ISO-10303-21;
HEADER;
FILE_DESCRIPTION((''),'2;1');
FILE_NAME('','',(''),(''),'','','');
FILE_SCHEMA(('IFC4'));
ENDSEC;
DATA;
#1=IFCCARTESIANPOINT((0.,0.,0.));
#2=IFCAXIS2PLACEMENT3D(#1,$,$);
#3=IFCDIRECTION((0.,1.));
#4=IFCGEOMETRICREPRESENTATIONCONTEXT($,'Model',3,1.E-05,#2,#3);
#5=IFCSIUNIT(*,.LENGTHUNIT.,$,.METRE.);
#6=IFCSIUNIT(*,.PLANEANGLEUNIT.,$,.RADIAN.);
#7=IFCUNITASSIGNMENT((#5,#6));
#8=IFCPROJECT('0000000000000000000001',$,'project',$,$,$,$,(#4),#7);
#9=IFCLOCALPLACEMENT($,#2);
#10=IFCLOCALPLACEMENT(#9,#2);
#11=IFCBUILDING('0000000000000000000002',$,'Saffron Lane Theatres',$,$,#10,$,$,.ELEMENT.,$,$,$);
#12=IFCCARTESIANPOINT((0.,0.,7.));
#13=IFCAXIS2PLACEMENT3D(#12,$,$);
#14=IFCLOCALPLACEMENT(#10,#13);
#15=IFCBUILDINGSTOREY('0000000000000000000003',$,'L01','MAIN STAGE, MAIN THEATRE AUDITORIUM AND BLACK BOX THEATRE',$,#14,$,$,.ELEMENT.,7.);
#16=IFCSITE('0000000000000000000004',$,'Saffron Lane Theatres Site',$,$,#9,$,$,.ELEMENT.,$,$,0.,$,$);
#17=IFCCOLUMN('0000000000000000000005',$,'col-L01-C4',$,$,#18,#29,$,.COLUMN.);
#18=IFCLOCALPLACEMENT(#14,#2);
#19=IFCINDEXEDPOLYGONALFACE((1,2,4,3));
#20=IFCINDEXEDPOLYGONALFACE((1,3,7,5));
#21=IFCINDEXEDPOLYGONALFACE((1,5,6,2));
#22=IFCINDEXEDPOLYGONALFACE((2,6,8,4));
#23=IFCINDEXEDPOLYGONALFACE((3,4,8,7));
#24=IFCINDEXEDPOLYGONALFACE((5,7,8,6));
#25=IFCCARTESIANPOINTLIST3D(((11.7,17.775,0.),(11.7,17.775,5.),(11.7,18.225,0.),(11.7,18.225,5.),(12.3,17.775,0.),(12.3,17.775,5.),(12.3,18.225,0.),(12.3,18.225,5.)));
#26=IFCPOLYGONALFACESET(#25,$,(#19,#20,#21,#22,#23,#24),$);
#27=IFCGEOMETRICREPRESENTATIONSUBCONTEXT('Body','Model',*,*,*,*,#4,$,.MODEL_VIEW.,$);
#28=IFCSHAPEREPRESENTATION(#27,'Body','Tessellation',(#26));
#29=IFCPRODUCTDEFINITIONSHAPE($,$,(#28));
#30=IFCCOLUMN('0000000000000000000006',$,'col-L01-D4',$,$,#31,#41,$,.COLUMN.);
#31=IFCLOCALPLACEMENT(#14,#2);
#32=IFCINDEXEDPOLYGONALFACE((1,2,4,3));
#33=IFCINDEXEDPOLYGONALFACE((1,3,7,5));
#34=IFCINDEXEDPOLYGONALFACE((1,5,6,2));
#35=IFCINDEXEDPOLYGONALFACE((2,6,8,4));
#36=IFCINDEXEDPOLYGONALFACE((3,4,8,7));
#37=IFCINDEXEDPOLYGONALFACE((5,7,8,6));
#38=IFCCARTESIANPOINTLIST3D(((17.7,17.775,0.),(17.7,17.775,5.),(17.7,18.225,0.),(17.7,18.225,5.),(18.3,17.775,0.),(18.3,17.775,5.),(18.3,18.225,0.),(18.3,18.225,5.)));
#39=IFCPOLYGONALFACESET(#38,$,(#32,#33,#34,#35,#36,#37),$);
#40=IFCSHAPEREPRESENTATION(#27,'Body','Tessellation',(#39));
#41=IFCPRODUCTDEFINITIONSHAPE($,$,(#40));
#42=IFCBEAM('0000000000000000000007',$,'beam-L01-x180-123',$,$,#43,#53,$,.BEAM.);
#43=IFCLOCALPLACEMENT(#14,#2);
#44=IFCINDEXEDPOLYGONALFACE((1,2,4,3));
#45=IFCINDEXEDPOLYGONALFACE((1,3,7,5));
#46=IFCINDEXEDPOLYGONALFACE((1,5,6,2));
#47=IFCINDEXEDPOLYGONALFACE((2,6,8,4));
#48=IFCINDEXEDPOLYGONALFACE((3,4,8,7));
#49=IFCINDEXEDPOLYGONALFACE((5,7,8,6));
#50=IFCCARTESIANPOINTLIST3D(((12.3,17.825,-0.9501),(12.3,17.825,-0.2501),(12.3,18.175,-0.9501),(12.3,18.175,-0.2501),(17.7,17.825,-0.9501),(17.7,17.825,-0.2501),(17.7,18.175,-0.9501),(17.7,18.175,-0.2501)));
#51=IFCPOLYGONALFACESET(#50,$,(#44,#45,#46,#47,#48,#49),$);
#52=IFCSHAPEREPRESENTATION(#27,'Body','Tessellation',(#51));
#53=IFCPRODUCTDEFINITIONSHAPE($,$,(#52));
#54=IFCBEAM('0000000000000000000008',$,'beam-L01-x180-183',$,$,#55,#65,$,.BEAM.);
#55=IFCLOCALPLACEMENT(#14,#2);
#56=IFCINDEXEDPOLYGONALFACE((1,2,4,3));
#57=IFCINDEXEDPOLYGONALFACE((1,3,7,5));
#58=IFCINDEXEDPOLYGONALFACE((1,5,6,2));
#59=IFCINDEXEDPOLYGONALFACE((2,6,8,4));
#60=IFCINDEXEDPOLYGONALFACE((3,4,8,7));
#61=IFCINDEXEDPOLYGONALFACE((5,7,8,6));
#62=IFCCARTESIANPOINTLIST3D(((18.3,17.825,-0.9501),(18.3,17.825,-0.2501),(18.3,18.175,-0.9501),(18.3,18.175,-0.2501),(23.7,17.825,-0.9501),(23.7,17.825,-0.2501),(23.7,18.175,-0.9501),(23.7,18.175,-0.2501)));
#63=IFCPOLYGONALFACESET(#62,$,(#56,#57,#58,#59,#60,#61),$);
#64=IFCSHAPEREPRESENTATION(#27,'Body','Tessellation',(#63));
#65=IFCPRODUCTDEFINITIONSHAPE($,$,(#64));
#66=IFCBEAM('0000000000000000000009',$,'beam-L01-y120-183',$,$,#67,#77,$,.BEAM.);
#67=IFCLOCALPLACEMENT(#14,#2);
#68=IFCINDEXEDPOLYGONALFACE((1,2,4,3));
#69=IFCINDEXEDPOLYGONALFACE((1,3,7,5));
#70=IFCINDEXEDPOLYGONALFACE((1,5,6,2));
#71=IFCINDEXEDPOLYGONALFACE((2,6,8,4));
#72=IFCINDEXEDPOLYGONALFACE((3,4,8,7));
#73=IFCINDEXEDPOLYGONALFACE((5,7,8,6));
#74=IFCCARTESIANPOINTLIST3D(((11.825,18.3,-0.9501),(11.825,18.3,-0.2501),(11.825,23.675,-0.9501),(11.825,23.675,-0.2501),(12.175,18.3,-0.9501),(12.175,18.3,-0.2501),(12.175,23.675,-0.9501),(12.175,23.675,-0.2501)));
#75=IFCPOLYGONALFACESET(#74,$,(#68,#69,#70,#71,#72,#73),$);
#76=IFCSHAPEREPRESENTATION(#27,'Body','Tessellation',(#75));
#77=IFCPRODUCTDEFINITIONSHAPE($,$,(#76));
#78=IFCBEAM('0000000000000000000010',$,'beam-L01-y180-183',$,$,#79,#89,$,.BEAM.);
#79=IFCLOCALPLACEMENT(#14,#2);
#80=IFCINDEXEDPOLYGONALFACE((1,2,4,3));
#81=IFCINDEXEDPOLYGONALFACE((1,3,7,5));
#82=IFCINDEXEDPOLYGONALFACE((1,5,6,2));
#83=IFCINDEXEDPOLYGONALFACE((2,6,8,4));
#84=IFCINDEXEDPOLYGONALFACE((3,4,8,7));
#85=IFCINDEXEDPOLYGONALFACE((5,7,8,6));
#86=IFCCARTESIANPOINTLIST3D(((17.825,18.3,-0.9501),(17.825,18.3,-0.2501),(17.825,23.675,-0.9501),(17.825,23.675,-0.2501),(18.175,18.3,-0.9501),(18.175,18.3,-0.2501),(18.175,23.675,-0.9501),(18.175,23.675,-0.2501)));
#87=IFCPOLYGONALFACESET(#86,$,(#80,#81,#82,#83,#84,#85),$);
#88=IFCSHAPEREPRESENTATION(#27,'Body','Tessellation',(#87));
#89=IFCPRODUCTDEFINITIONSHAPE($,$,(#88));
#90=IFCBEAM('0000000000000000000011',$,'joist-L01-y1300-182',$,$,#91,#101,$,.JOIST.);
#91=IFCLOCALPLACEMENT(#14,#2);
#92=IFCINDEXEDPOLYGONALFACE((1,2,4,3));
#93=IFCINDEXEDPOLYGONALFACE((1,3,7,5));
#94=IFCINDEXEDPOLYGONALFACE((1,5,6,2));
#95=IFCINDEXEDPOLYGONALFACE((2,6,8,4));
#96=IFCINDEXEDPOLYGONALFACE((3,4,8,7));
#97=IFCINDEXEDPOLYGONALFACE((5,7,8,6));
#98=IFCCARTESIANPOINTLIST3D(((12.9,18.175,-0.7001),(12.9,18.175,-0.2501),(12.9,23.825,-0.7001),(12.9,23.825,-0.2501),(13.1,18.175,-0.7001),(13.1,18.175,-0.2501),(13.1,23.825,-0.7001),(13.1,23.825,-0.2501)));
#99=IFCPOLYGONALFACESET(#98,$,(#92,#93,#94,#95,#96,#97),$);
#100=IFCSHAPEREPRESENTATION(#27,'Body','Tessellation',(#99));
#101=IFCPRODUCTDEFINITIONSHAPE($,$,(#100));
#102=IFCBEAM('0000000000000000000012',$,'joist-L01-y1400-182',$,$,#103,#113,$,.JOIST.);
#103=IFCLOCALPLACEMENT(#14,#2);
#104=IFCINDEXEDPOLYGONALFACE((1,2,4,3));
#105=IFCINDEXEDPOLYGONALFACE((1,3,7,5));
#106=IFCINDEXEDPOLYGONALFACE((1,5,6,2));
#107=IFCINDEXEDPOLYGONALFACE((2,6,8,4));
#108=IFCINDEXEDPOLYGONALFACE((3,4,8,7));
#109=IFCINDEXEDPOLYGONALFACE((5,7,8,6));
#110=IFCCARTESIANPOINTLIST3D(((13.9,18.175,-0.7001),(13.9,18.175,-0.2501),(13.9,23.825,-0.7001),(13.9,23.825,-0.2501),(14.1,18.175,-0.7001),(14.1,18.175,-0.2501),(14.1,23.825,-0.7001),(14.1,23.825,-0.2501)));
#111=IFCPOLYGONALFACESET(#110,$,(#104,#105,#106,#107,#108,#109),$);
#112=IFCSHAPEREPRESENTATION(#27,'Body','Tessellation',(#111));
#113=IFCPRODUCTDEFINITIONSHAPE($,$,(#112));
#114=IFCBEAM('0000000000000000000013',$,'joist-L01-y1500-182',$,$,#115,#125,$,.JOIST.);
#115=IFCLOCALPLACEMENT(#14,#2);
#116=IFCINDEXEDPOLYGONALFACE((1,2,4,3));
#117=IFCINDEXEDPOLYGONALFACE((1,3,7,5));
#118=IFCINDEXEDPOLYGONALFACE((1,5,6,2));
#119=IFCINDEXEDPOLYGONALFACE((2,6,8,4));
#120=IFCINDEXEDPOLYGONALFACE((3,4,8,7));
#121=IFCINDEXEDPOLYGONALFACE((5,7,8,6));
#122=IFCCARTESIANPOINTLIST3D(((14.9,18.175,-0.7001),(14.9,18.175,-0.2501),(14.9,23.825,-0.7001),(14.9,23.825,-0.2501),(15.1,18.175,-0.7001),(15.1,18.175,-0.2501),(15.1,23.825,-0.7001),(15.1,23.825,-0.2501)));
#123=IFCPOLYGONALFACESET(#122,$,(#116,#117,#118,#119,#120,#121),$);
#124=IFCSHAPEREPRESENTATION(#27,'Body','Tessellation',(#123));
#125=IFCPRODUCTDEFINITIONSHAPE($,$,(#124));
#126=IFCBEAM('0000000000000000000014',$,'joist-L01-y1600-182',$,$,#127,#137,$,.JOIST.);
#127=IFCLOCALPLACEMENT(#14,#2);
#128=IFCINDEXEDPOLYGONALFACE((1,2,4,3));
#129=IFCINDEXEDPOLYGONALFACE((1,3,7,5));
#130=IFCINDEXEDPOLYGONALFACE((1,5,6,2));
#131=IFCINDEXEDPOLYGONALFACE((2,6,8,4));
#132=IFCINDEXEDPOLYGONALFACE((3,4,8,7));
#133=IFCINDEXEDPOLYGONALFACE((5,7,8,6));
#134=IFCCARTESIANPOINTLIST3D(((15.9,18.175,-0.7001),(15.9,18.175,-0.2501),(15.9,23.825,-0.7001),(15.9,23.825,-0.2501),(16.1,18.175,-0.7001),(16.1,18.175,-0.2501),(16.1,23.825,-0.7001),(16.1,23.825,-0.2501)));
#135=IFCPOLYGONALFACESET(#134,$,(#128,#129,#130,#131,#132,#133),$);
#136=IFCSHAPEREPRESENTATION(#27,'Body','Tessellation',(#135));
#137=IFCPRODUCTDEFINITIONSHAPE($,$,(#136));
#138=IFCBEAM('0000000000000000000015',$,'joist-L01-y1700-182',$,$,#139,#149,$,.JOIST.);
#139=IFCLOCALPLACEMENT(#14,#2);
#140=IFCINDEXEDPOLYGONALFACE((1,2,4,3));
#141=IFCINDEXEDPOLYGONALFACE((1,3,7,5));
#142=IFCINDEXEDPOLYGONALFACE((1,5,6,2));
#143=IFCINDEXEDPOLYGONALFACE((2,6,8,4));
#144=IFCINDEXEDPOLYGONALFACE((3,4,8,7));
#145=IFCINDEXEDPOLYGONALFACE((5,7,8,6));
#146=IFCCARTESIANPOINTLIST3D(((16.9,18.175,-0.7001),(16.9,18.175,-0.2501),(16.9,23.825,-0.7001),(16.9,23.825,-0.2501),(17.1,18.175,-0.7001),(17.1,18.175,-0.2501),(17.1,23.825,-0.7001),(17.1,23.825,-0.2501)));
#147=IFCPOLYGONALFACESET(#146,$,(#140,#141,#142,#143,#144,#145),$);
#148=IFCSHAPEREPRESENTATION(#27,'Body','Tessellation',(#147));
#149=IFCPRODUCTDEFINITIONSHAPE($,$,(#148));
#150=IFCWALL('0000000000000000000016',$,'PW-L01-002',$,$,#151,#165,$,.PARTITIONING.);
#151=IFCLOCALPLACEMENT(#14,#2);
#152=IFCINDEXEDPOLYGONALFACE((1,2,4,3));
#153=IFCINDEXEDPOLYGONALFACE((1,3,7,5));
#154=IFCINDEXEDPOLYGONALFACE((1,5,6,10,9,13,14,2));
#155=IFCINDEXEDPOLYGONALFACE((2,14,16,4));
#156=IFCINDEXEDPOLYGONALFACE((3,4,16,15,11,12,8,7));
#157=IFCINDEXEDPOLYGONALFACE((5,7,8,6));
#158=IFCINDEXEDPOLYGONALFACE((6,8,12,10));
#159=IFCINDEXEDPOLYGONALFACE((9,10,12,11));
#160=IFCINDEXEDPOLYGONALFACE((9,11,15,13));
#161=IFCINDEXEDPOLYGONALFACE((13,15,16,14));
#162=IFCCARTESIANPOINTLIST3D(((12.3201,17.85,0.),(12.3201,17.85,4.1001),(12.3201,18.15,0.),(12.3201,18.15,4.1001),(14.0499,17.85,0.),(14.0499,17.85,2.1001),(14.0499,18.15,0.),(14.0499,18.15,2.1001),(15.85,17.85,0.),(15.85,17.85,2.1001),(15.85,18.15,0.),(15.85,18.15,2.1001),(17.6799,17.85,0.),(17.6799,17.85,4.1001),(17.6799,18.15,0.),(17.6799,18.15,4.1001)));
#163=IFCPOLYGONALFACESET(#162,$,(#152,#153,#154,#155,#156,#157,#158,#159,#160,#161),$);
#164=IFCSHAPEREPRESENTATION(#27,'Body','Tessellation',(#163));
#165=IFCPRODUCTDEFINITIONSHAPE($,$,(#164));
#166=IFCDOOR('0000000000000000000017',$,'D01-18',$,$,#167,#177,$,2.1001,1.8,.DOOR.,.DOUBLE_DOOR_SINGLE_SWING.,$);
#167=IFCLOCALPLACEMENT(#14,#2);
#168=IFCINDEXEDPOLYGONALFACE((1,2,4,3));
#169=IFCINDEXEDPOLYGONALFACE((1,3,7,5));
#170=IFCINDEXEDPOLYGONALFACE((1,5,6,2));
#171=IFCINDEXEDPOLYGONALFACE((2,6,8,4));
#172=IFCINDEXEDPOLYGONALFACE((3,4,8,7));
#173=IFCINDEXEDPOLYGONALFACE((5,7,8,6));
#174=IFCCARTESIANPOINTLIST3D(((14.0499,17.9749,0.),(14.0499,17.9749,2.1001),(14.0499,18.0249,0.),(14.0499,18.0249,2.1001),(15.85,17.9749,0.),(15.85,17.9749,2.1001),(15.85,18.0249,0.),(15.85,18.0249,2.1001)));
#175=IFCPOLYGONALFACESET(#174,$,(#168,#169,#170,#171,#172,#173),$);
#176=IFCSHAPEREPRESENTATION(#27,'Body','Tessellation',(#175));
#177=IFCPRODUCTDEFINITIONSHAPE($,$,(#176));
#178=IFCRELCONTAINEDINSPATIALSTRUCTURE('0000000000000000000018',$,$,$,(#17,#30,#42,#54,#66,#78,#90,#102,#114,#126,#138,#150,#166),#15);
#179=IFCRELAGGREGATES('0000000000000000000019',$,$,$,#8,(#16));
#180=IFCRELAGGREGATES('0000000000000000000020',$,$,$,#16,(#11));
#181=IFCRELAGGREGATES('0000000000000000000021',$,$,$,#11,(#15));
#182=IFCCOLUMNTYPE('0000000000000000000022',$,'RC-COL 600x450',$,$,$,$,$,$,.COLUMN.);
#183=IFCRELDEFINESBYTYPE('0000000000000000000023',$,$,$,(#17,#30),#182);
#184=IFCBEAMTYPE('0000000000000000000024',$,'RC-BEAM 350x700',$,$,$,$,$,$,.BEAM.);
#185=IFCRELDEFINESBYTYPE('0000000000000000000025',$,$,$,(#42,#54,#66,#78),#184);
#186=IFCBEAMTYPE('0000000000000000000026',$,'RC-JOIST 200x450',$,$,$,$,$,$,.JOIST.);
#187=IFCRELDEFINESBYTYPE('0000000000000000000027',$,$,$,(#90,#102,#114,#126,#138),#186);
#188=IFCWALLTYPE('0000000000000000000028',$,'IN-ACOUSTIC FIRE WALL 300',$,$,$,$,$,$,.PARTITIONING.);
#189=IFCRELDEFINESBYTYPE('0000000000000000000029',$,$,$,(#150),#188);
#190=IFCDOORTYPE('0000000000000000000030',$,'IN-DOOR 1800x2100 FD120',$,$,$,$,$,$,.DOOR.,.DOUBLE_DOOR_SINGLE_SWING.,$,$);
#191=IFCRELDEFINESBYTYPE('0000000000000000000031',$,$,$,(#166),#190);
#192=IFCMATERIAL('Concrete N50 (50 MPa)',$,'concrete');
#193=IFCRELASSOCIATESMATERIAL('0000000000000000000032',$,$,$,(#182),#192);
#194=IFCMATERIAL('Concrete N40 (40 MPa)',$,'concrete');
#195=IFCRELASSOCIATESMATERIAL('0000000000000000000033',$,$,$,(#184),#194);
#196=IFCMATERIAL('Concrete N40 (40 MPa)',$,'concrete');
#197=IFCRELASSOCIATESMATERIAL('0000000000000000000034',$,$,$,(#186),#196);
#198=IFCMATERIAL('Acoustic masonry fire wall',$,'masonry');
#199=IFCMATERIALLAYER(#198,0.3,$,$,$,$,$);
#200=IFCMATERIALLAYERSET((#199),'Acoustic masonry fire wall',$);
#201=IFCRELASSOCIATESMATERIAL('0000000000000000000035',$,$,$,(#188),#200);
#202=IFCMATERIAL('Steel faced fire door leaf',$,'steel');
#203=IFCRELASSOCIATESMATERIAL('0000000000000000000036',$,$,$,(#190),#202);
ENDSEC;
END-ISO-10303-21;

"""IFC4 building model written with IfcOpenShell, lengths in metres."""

from ifc_helpers import new_model, si_unit, direction, frame, frame_2d, origin, origin_2d, place, context, subcontext, project, spatial, rectangle, extrude, material, layer, layer_set, material_profile, profile_set, type_object, element, fill, save


model = new_model("IFC4")

# Units and contexts
model_context = context("Model", 3, precision=1e-05, world=origin(), true_north=direction((0.0, 1.0)))
body_context = subcontext(model_context, "Body", "Model", "MODEL_VIEW")
ifc_project = project(units=[si_unit("LENGTHUNIT", "METRE"), si_unit("PLANEANGLEUNIT", "RADIAN")], contexts=[model_context])

# Site, building, storey
site_placement = place(None, origin())
site = spatial("IfcSite", under=ifc_project, at=site_placement, Name="Saffron Lane Theatres Site", CompositionType="ELEMENT", RefElevation=0.0)
building_placement = place(site_placement, origin())
building = spatial("IfcBuilding", under=site, at=building_placement, Name="Saffron Lane Theatres", CompositionType="ELEMENT")
storey_placement = place(building_placement, frame((0.0, 0.0, 7.0)))
storey = spatial("IfcBuildingStorey", under=building, at=storey_placement, Name="L01", Description="MAIN STAGE, MAIN THEATRE AUDITORIUM AND BLACK BOX THEATRE", CompositionType="ELEMENT", Elevation=7.0)

# Columns
ifc_material_1 = material(Name="Concrete N50 (50 MPa)", Category="concrete")
ifc_material_profile_1 = material_profile(ifc_material_1, rectangle(XDim=0.6001, YDim=0.45, at=origin_2d()))
ifc_profile_set_1 = profile_set([ifc_material_profile_1], Name="Concrete N50 (50 MPa)")
column_type = type_object("IfcColumnType", Name="RC-COL 600x450", PredefinedType="COLUMN", material=ifc_profile_set_1)
for number, where, z_axis, x_axis, name in (
    (1, (12.0, 18.0, 0.0), (0.0, 0.0, 1.0), (1.0, 0.0, 0.0), "col-L01-C4"),
    (2, (18.0, 18.0, 0.0), (0.0, 0.0, 1.0), (1.0, 0.0, 0.0), "col-L01-D4"),
):
    element("IfcColumn", number, at=place(storey_placement, frame(where, z_axis=z_axis, x_axis=x_axis)), inside=storey, type_object=column_type, Name=name, PredefinedType="COLUMN", context=body_context, shape_type="SweptSolid", body=[
        extrude(rectangle(XDim=0.6001, YDim=0.45, at=origin_2d()), origin(), (0.0, 0.0, 1.0), 5.0),
    ])

# Beams
ifc_material_2 = material(Name="Concrete N40 (40 MPa)", Category="concrete")
ifc_material_profile_2 = material_profile(ifc_material_2, rectangle(XDim=0.3501, YDim=0.7, at=origin_2d()))
ifc_profile_set_2 = profile_set([ifc_material_profile_2], Name="Concrete N40 (40 MPa)")
beam_type_1 = type_object("IfcBeamType", Name="RC-BEAM 350x700", PredefinedType="BEAM", material=ifc_profile_set_2)
for number, where, z_axis, x_axis, name in (
    (3, (12.3, 18.0, -0.6001), (1.0, 0.0, 0.0), (0.0, 1.0, 0.0), "beam-L01-x180-123"),
    (4, (18.3, 18.0, -0.6001), (1.0, 0.0, 0.0), (0.0, 1.0, 0.0), "beam-L01-x180-183"),
):
    element("IfcBeam", number, at=place(storey_placement, frame(where, z_axis=z_axis, x_axis=x_axis)), inside=storey, type_object=beam_type_1, Name=name, PredefinedType="BEAM", context=body_context, shape_type="SweptSolid", body=[
        extrude(rectangle(XDim=0.3501, YDim=0.7, at=origin_2d()), origin(), (0.0, 0.0, 1.0), 5.3999),
    ])
for number, where, z_axis, x_axis, name in (
    (5, (12.0, 18.3, -0.6001), (0.0, 1.0, 0.0), (-1.0, 0.0, 0.0), "beam-L01-y120-183"),
    (6, (18.0, 18.3, -0.6001), (0.0, 1.0, 0.0), (-1.0, 0.0, 0.0), "beam-L01-y180-183"),
):
    element("IfcBeam", number, at=place(storey_placement, frame(where, z_axis=z_axis, x_axis=x_axis)), inside=storey, type_object=beam_type_1, Name=name, PredefinedType="BEAM", context=body_context, shape_type="SweptSolid", body=[
        extrude(rectangle(XDim=0.3501, YDim=0.7, at=origin_2d()), origin(), (0.0, 0.0, 1.0), 5.375),
    ])
ifc_material_3 = material(Name="Concrete N40 (40 MPa)", Category="concrete")
ifc_material_profile_3 = material_profile(ifc_material_3, rectangle(XDim=0.2, YDim=0.45, at=origin_2d()))
ifc_profile_set_3 = profile_set([ifc_material_profile_3], Name="Concrete N40 (40 MPa)")
beam_type_2 = type_object("IfcBeamType", Name="RC-JOIST 200x450", PredefinedType="JOIST", material=ifc_profile_set_3)
for number, where, z_axis, x_axis, name in (
    (7, (13.0, 18.175, -0.4751), (0.0, 1.0, 0.0), (-1.0, 0.0, 0.0), "joist-L01-y1300-182"),
    (8, (14.0, 18.175, -0.4751), (0.0, 1.0, 0.0), (-1.0, 0.0, 0.0), "joist-L01-y1400-182"),
    (9, (15.0, 18.175, -0.4751), (0.0, 1.0, 0.0), (-1.0, 0.0, 0.0), "joist-L01-y1500-182"),
    (10, (16.0, 18.175, -0.4751), (0.0, 1.0, 0.0), (-1.0, 0.0, 0.0), "joist-L01-y1600-182"),
    (11, (17.0, 18.175, -0.4751), (0.0, 1.0, 0.0), (-1.0, 0.0, 0.0), "joist-L01-y1700-182"),
):
    element("IfcBeam", number, at=place(storey_placement, frame(where, z_axis=z_axis, x_axis=x_axis)), inside=storey, type_object=beam_type_2, Name=name, PredefinedType="JOIST", context=body_context, shape_type="SweptSolid", body=[
        extrude(rectangle(XDim=0.2, YDim=0.45, at=origin_2d()), origin(), (0.0, 0.0, 1.0), 5.6499),
    ])

# Wall, opening, door
ifc_material_4 = material(Name="Acoustic masonry fire wall", Category="masonry")
ifc_layer_1 = layer(ifc_material_4, 0.3)
ifc_layer_set_1 = layer_set([ifc_layer_1], Name="Acoustic masonry fire wall")
wall_type_1 = type_object("IfcWallType", Name="IN-ACOUSTIC FIRE WALL 300", PredefinedType="PARTITIONING", material=ifc_layer_set_1)
wall_1_placement = place(storey_placement, frame((12.3201, 18.0, 0.0), z_axis=(0.0, 0.0, 1.0), x_axis=(1.0, 0.0, 0.0)))
wall_1 = element("IfcWall", 12, at=wall_1_placement, inside=storey, type_object=wall_type_1, Name="PW-L01-002", PredefinedType="PARTITIONING", context=body_context, shape_type="SweptSolid", body=[
    extrude(rectangle(XDim=5.3599, YDim=0.3, at=frame_2d((2.6799, 0.0))), origin(), (0.0, 0.0, 1.0), 4.1001),
])
opening_1_placement = place(wall_1_placement, frame((1.73, 0.0, 0.0)))
opening_1 = element("IfcOpeningElement", 13, at=opening_1_placement, cuts=wall_1, PredefinedType="OPENING", context=body_context, shape_type="SweptSolid", body=[
    extrude(rectangle(XDim=1.8, YDim=2.1001, at=frame_2d((0.8999, 1.05))), frame((0.0, 0.1602, 0.0), z_axis=(0.0, -1.0, 0.0), x_axis=(1.0, 0.0, 0.0)), (0.0, 0.0, 1.0), 0.3201),
])
ifc_material_5 = material(Name="Steel faced fire door leaf", Category="steel")
door_type = type_object("IfcDoorType", Name="IN-DOOR 1800x2100 FD120", OperationType="DOUBLE_DOOR_SINGLE_SWING", PredefinedType="DOOR", material=ifc_material_5)
door_1_placement = place(opening_1_placement, origin())
door_1 = element("IfcDoor", 14, at=door_1_placement, inside=storey, type_object=door_type, Name="D01-18", OperationType="DOUBLE_DOOR_SINGLE_SWING", OverallHeight=2.1001, OverallWidth=1.8, PredefinedType="DOOR", context=body_context, shape_type="SweptSolid", body=[
    extrude(rectangle(XDim=1.8, YDim=2.1001, at=frame_2d((0.8999, 1.05))), frame((0.0, 0.0249, 0.0), z_axis=(0.0, -1.0, 0.0), x_axis=(1.0, 0.0, 0.0)), (0.0, 0.0, 1.0), 0.05),
])
fill(opening_1, door_1)

save(model, "model.ifc")
